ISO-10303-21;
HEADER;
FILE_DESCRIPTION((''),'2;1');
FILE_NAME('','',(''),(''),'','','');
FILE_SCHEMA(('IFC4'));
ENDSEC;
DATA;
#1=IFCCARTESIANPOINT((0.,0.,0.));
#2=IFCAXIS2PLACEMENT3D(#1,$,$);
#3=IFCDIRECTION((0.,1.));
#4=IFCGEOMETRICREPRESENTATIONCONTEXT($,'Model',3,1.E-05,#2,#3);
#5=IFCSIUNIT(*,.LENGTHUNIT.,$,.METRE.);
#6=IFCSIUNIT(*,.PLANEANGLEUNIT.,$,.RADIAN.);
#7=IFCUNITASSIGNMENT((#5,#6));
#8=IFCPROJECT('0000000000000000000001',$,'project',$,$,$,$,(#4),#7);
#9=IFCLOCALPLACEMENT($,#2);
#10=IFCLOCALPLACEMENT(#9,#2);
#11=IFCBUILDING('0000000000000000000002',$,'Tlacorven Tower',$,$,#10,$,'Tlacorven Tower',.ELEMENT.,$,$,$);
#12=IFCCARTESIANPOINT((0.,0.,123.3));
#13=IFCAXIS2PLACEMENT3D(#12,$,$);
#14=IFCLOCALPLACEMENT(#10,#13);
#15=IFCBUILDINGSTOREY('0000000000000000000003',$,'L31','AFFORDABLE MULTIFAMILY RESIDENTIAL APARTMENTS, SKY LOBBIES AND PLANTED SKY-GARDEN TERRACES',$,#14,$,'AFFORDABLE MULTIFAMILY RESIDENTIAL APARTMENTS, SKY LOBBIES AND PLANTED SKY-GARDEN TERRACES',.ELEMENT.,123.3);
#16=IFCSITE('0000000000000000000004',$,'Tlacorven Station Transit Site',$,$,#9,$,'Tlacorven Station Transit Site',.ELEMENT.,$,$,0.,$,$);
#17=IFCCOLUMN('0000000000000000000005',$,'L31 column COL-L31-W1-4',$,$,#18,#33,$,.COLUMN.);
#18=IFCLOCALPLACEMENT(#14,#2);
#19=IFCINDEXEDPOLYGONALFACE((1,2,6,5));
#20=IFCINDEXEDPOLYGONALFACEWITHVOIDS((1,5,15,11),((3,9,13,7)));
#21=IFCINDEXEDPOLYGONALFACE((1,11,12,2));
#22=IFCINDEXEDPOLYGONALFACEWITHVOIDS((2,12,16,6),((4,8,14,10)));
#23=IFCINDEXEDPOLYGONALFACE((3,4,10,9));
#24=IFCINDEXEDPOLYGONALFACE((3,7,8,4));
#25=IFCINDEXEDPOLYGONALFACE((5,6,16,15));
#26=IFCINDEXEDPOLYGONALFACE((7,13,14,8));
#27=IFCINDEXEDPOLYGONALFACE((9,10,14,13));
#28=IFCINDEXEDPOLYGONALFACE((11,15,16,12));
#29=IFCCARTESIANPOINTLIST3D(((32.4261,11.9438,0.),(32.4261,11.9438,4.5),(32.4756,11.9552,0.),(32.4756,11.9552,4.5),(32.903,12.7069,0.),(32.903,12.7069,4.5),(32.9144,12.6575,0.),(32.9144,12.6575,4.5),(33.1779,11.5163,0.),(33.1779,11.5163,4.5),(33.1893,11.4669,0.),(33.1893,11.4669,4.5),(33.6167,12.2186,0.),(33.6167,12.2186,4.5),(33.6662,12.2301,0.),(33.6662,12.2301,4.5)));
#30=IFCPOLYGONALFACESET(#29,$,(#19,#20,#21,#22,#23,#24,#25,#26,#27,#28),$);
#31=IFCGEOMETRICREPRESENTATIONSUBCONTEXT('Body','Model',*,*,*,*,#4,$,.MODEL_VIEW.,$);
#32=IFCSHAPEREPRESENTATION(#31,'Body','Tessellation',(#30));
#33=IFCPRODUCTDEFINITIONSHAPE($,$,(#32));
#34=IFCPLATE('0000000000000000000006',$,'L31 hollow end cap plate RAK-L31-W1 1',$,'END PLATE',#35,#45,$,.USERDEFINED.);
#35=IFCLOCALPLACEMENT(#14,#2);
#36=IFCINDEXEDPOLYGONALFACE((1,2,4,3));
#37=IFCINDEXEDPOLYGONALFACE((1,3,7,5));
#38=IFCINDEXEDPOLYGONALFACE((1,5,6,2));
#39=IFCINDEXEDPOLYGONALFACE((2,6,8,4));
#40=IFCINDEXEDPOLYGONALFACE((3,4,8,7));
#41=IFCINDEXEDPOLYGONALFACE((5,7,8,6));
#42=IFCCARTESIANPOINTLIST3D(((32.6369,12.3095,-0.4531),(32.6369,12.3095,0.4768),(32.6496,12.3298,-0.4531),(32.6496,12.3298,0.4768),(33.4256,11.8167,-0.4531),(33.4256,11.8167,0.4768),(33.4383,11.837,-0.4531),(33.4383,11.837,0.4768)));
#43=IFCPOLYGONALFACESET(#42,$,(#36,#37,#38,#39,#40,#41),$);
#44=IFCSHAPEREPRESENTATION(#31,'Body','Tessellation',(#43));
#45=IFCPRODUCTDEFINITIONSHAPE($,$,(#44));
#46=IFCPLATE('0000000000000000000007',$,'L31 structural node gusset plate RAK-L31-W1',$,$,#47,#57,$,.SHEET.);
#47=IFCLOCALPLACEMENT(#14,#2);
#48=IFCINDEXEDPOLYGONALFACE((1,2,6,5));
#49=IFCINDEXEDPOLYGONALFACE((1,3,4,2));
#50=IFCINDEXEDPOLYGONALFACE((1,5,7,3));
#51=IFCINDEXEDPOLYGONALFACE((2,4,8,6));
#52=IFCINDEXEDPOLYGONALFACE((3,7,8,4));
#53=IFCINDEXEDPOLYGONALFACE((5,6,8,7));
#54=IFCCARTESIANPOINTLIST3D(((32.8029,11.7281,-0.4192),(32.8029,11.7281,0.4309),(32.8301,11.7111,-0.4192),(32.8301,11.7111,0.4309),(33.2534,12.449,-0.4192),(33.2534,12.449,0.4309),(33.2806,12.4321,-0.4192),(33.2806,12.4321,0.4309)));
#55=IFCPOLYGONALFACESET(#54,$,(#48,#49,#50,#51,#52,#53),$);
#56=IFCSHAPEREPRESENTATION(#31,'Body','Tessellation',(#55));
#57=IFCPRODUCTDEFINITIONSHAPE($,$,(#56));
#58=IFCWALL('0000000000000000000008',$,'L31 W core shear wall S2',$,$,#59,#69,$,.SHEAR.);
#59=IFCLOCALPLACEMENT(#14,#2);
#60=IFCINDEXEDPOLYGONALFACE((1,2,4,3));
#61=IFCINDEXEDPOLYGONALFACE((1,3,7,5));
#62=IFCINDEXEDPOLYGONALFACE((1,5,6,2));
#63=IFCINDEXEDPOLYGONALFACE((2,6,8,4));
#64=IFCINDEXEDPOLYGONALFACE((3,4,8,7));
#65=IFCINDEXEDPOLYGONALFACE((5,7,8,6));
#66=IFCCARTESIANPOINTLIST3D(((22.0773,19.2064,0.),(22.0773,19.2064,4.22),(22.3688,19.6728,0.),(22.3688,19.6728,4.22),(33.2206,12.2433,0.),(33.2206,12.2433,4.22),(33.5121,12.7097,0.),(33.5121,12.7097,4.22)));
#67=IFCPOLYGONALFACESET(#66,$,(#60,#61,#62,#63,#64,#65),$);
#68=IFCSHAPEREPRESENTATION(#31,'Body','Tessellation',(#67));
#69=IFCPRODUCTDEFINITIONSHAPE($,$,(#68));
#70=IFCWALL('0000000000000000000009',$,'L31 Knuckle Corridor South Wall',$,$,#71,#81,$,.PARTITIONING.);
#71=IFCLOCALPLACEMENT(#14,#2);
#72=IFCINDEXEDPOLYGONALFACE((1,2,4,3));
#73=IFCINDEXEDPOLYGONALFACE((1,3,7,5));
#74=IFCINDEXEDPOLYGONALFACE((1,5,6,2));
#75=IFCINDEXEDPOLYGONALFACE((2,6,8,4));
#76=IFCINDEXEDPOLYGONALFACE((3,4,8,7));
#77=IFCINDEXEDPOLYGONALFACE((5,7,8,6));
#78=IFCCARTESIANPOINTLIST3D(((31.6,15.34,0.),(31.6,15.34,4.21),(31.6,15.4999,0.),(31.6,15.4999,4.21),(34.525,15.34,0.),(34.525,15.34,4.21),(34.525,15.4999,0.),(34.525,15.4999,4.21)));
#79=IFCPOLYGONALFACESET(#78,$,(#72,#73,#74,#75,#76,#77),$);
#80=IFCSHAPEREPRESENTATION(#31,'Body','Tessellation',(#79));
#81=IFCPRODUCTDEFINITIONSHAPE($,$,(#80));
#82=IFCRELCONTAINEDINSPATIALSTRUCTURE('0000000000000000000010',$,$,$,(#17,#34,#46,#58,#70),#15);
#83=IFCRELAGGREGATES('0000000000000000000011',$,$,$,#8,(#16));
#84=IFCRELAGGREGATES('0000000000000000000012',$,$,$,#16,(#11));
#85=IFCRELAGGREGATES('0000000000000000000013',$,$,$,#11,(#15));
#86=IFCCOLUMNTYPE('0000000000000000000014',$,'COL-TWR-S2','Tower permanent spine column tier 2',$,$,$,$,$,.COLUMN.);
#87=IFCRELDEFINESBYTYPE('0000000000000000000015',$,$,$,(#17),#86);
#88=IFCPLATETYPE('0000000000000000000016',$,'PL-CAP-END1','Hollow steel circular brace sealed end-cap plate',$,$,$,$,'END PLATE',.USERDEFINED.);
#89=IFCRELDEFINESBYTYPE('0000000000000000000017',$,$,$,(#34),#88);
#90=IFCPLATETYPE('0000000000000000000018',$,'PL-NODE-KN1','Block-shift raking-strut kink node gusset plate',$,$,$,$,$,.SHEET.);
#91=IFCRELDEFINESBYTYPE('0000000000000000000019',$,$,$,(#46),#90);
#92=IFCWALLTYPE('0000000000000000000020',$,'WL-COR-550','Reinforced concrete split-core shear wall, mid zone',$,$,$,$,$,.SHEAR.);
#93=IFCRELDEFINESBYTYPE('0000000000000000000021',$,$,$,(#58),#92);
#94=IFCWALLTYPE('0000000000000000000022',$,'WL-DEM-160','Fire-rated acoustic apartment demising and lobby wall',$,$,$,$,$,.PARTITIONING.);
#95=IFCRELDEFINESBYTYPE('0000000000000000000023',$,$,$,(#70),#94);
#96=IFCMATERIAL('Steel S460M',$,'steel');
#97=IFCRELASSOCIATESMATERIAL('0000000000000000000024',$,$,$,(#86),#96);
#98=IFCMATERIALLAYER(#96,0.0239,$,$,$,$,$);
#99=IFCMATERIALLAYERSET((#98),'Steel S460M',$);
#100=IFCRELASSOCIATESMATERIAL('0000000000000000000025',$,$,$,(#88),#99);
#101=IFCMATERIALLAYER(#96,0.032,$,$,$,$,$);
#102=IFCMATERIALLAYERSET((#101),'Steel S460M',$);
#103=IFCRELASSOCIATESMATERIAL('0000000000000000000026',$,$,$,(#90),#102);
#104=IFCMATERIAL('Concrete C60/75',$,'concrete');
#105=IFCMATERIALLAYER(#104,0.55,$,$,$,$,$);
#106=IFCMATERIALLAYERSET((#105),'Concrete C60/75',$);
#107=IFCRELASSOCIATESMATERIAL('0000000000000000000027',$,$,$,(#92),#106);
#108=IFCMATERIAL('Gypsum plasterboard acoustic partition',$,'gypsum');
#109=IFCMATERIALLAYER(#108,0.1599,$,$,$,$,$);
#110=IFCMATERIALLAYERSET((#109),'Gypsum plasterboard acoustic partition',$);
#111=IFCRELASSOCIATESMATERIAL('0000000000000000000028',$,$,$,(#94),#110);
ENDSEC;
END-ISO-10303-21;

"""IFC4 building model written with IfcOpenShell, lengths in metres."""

from ifc_helpers import new_model, si_unit, direction, frame, frame_2d, origin, origin_2d, place, context, subcontext, project, spatial, rectangle, hollow_rectangle, extrude, source, transform, mapped, material, layer, layer_set, material_profile, profile_set, type_object, element, save


model = new_model("IFC4")

# Units and contexts
model_context = context("Model", 3, precision=1e-05, world=origin(), true_north=direction((0.0, 1.0)))
body_context = subcontext(model_context, "Body", "Model", "MODEL_VIEW")
ifc_project = project(units=[si_unit("LENGTHUNIT", "METRE"), si_unit("PLANEANGLEUNIT", "RADIAN")], contexts=[model_context])

# Site, building, storey
site_placement = place(None, origin())
site = spatial("IfcSite", under=ifc_project, at=site_placement, Name="Tlacorven Station Transit Site", LongName="Tlacorven Station Transit Site", CompositionType="ELEMENT", RefElevation=0.0)
building_placement = place(site_placement, origin())
building = spatial("IfcBuilding", under=site, at=building_placement, Name="Tlacorven Tower", LongName="Tlacorven Tower", CompositionType="ELEMENT")
storey_placement = place(building_placement, frame((0.0, 0.0, 123.3)))
storey = spatial("IfcBuildingStorey", under=building, at=storey_placement, Name="L31", Description="AFFORDABLE MULTIFAMILY RESIDENTIAL APARTMENTS, SKY LOBBIES AND PLANTED SKY-GARDEN TERRACES", LongName="AFFORDABLE MULTIFAMILY RESIDENTIAL APARTMENTS, SKY LOBBIES AND PLANTED SKY-GARDEN TERRACES", CompositionType="ELEMENT", Elevation=123.3)

# Column
ifc_material_1 = material(Name="Steel S460M", Category="steel")
ifc_material_profile = material_profile(ifc_material_1, hollow_rectangle(XDim=0.8999, YDim=0.8999, WallThickness=0.0359, at=origin_2d()), Name="BOX 900X900X36")
ifc_profile_set = profile_set([ifc_material_profile], Name="Steel S460M")
column_type = type_object("IfcColumnType", Name="COL-TWR-S2", Description="Tower permanent spine column tier 2", PredefinedType="COLUMN", material=ifc_profile_set)
shared_shape_1 = source(origin(), body_context, "Body", "SweptSolid", [
    extrude(hollow_rectangle(XDim=0.8999, YDim=0.8999, WallThickness=0.0359, at=origin_2d()), origin(), (0.0, 0.0, 1.0), 4.5),
])
column_placement = place(storey_placement, frame((33.0461, 12.0869, 0.0), z_axis=(0.0, 0.0, 1.0), x_axis=(-0.848048, 0.529919, 0.0)))
element("IfcColumn", 1, at=column_placement, inside=storey, type_object=column_type, Name="L31 column COL-L31-W1-4", PredefinedType="COLUMN", context=body_context, shape_type="MappedRepresentation", body=[
    mapped(shared_shape_1, transform((0.0, 0.0, 0.0), scale=1.0)),
])

# Plates
ifc_layer_1 = layer(ifc_material_1, 0.0239)
ifc_layer_set_1 = layer_set([ifc_layer_1], Name="Steel S460M")
plate_type_1 = type_object("IfcPlateType", Name="PL-CAP-END1", Description="Hollow steel circular brace sealed end-cap plate", ElementType="END PLATE", PredefinedType="USERDEFINED", material=ifc_layer_set_1)
shared_shape_2 = source(origin(), body_context, "Body", "SweptSolid", [
    extrude(rectangle(XDim=0.0239, YDim=0.9299, at=origin_2d()), origin(), (0.0, 0.0, 1.0), 0.9299),
])
plate_1_placement = place(storey_placement, frame((33.0376, 12.0732, -0.4531), z_axis=(0.0, 0.0, 1.0), x_axis=(-0.529919, -0.848048, 0.0)))
element("IfcPlate", 2, at=plate_1_placement, inside=storey, type_object=plate_type_1, Name="L31 hollow end cap plate RAK-L31-W1 1", ObjectType="END PLATE", PredefinedType="USERDEFINED", context=body_context, shape_type="MappedRepresentation", body=[
    mapped(shared_shape_2, transform((0.0, 0.0, 0.0), scale=1.0)),
])
ifc_layer_2 = layer(ifc_material_1, 0.032)
ifc_layer_set_2 = layer_set([ifc_layer_2], Name="Steel S460M")
plate_type_2 = type_object("IfcPlateType", Name="PL-NODE-KN1", Description="Block-shift raking-strut kink node gusset plate", PredefinedType="SHEET", material=ifc_layer_set_2)
shared_shape_3 = source(origin(), body_context, "Body", "SweptSolid", [
    extrude(rectangle(XDim=0.8501, YDim=0.032, at=origin_2d()), origin(), (0.0, 0.0, 1.0), 0.8501),
])
plate_2_placement = place(storey_placement, frame((33.0417, 12.0801, -0.4192), z_axis=(0.0, 0.0, 1.0), x_axis=(-0.529919, -0.848048, 0.0)))
element("IfcPlate", 3, at=plate_2_placement, inside=storey, type_object=plate_type_2, Name="L31 structural node gusset plate RAK-L31-W1", PredefinedType="SHEET", context=body_context, shape_type="MappedRepresentation", body=[
    mapped(shared_shape_3, transform((0.0, 0.0, 0.0), scale=1.0)),
])

# Walls
ifc_material_2 = material(Name="Concrete C60/75", Category="concrete")
ifc_layer_3 = layer(ifc_material_2, 0.55)
ifc_layer_set_3 = layer_set([ifc_layer_3], Name="Concrete C60/75")
wall_type_1 = type_object("IfcWallType", Name="WL-COR-550", Description="Reinforced concrete split-core shear wall, mid zone", PredefinedType="SHEAR", material=ifc_layer_set_3)
wall_1_placement = place(storey_placement, frame((33.3662, 12.4766, 0.0), z_axis=(0.0, 0.0, 1.0), x_axis=(-0.848047, 0.52992, 0.0)))
element("IfcWall", 4, at=wall_1_placement, inside=storey, type_object=wall_type_1, Name="L31 W core shear wall S2", PredefinedType="SHEAR", context=body_context, shape_type="SweptSolid", body=[
    extrude(rectangle(XDim=13.1399, YDim=0.55, at=frame_2d((6.5698, 0.0))), origin(), (0.0, 0.0, 1.0), 4.22),
])
ifc_material_3 = material(Name="Gypsum plasterboard acoustic partition", Category="gypsum")
ifc_layer_4 = layer(ifc_material_3, 0.1599)
ifc_layer_set_4 = layer_set([ifc_layer_4], Name="Gypsum plasterboard acoustic partition")
wall_type_2 = type_object("IfcWallType", Name="WL-DEM-160", Description="Fire-rated acoustic apartment demising and lobby wall", PredefinedType="PARTITIONING", material=ifc_layer_set_4)
wall_2_placement = place(storey_placement, frame((31.6001, 15.4199, 0.0), z_axis=(0.0, 0.0, 1.0), x_axis=(1.0, 0.0, 0.0)))
element("IfcWall", 5, at=wall_2_placement, inside=storey, type_object=wall_type_2, Name="L31 Knuckle Corridor South Wall", PredefinedType="PARTITIONING", context=body_context, shape_type="SweptSolid", body=[
    extrude(rectangle(XDim=2.925, YDim=0.1599, at=frame_2d((1.4624, 0.0))), origin(), (0.0, 0.0, 1.0), 4.21),
])

save(model, "model.ifc")
